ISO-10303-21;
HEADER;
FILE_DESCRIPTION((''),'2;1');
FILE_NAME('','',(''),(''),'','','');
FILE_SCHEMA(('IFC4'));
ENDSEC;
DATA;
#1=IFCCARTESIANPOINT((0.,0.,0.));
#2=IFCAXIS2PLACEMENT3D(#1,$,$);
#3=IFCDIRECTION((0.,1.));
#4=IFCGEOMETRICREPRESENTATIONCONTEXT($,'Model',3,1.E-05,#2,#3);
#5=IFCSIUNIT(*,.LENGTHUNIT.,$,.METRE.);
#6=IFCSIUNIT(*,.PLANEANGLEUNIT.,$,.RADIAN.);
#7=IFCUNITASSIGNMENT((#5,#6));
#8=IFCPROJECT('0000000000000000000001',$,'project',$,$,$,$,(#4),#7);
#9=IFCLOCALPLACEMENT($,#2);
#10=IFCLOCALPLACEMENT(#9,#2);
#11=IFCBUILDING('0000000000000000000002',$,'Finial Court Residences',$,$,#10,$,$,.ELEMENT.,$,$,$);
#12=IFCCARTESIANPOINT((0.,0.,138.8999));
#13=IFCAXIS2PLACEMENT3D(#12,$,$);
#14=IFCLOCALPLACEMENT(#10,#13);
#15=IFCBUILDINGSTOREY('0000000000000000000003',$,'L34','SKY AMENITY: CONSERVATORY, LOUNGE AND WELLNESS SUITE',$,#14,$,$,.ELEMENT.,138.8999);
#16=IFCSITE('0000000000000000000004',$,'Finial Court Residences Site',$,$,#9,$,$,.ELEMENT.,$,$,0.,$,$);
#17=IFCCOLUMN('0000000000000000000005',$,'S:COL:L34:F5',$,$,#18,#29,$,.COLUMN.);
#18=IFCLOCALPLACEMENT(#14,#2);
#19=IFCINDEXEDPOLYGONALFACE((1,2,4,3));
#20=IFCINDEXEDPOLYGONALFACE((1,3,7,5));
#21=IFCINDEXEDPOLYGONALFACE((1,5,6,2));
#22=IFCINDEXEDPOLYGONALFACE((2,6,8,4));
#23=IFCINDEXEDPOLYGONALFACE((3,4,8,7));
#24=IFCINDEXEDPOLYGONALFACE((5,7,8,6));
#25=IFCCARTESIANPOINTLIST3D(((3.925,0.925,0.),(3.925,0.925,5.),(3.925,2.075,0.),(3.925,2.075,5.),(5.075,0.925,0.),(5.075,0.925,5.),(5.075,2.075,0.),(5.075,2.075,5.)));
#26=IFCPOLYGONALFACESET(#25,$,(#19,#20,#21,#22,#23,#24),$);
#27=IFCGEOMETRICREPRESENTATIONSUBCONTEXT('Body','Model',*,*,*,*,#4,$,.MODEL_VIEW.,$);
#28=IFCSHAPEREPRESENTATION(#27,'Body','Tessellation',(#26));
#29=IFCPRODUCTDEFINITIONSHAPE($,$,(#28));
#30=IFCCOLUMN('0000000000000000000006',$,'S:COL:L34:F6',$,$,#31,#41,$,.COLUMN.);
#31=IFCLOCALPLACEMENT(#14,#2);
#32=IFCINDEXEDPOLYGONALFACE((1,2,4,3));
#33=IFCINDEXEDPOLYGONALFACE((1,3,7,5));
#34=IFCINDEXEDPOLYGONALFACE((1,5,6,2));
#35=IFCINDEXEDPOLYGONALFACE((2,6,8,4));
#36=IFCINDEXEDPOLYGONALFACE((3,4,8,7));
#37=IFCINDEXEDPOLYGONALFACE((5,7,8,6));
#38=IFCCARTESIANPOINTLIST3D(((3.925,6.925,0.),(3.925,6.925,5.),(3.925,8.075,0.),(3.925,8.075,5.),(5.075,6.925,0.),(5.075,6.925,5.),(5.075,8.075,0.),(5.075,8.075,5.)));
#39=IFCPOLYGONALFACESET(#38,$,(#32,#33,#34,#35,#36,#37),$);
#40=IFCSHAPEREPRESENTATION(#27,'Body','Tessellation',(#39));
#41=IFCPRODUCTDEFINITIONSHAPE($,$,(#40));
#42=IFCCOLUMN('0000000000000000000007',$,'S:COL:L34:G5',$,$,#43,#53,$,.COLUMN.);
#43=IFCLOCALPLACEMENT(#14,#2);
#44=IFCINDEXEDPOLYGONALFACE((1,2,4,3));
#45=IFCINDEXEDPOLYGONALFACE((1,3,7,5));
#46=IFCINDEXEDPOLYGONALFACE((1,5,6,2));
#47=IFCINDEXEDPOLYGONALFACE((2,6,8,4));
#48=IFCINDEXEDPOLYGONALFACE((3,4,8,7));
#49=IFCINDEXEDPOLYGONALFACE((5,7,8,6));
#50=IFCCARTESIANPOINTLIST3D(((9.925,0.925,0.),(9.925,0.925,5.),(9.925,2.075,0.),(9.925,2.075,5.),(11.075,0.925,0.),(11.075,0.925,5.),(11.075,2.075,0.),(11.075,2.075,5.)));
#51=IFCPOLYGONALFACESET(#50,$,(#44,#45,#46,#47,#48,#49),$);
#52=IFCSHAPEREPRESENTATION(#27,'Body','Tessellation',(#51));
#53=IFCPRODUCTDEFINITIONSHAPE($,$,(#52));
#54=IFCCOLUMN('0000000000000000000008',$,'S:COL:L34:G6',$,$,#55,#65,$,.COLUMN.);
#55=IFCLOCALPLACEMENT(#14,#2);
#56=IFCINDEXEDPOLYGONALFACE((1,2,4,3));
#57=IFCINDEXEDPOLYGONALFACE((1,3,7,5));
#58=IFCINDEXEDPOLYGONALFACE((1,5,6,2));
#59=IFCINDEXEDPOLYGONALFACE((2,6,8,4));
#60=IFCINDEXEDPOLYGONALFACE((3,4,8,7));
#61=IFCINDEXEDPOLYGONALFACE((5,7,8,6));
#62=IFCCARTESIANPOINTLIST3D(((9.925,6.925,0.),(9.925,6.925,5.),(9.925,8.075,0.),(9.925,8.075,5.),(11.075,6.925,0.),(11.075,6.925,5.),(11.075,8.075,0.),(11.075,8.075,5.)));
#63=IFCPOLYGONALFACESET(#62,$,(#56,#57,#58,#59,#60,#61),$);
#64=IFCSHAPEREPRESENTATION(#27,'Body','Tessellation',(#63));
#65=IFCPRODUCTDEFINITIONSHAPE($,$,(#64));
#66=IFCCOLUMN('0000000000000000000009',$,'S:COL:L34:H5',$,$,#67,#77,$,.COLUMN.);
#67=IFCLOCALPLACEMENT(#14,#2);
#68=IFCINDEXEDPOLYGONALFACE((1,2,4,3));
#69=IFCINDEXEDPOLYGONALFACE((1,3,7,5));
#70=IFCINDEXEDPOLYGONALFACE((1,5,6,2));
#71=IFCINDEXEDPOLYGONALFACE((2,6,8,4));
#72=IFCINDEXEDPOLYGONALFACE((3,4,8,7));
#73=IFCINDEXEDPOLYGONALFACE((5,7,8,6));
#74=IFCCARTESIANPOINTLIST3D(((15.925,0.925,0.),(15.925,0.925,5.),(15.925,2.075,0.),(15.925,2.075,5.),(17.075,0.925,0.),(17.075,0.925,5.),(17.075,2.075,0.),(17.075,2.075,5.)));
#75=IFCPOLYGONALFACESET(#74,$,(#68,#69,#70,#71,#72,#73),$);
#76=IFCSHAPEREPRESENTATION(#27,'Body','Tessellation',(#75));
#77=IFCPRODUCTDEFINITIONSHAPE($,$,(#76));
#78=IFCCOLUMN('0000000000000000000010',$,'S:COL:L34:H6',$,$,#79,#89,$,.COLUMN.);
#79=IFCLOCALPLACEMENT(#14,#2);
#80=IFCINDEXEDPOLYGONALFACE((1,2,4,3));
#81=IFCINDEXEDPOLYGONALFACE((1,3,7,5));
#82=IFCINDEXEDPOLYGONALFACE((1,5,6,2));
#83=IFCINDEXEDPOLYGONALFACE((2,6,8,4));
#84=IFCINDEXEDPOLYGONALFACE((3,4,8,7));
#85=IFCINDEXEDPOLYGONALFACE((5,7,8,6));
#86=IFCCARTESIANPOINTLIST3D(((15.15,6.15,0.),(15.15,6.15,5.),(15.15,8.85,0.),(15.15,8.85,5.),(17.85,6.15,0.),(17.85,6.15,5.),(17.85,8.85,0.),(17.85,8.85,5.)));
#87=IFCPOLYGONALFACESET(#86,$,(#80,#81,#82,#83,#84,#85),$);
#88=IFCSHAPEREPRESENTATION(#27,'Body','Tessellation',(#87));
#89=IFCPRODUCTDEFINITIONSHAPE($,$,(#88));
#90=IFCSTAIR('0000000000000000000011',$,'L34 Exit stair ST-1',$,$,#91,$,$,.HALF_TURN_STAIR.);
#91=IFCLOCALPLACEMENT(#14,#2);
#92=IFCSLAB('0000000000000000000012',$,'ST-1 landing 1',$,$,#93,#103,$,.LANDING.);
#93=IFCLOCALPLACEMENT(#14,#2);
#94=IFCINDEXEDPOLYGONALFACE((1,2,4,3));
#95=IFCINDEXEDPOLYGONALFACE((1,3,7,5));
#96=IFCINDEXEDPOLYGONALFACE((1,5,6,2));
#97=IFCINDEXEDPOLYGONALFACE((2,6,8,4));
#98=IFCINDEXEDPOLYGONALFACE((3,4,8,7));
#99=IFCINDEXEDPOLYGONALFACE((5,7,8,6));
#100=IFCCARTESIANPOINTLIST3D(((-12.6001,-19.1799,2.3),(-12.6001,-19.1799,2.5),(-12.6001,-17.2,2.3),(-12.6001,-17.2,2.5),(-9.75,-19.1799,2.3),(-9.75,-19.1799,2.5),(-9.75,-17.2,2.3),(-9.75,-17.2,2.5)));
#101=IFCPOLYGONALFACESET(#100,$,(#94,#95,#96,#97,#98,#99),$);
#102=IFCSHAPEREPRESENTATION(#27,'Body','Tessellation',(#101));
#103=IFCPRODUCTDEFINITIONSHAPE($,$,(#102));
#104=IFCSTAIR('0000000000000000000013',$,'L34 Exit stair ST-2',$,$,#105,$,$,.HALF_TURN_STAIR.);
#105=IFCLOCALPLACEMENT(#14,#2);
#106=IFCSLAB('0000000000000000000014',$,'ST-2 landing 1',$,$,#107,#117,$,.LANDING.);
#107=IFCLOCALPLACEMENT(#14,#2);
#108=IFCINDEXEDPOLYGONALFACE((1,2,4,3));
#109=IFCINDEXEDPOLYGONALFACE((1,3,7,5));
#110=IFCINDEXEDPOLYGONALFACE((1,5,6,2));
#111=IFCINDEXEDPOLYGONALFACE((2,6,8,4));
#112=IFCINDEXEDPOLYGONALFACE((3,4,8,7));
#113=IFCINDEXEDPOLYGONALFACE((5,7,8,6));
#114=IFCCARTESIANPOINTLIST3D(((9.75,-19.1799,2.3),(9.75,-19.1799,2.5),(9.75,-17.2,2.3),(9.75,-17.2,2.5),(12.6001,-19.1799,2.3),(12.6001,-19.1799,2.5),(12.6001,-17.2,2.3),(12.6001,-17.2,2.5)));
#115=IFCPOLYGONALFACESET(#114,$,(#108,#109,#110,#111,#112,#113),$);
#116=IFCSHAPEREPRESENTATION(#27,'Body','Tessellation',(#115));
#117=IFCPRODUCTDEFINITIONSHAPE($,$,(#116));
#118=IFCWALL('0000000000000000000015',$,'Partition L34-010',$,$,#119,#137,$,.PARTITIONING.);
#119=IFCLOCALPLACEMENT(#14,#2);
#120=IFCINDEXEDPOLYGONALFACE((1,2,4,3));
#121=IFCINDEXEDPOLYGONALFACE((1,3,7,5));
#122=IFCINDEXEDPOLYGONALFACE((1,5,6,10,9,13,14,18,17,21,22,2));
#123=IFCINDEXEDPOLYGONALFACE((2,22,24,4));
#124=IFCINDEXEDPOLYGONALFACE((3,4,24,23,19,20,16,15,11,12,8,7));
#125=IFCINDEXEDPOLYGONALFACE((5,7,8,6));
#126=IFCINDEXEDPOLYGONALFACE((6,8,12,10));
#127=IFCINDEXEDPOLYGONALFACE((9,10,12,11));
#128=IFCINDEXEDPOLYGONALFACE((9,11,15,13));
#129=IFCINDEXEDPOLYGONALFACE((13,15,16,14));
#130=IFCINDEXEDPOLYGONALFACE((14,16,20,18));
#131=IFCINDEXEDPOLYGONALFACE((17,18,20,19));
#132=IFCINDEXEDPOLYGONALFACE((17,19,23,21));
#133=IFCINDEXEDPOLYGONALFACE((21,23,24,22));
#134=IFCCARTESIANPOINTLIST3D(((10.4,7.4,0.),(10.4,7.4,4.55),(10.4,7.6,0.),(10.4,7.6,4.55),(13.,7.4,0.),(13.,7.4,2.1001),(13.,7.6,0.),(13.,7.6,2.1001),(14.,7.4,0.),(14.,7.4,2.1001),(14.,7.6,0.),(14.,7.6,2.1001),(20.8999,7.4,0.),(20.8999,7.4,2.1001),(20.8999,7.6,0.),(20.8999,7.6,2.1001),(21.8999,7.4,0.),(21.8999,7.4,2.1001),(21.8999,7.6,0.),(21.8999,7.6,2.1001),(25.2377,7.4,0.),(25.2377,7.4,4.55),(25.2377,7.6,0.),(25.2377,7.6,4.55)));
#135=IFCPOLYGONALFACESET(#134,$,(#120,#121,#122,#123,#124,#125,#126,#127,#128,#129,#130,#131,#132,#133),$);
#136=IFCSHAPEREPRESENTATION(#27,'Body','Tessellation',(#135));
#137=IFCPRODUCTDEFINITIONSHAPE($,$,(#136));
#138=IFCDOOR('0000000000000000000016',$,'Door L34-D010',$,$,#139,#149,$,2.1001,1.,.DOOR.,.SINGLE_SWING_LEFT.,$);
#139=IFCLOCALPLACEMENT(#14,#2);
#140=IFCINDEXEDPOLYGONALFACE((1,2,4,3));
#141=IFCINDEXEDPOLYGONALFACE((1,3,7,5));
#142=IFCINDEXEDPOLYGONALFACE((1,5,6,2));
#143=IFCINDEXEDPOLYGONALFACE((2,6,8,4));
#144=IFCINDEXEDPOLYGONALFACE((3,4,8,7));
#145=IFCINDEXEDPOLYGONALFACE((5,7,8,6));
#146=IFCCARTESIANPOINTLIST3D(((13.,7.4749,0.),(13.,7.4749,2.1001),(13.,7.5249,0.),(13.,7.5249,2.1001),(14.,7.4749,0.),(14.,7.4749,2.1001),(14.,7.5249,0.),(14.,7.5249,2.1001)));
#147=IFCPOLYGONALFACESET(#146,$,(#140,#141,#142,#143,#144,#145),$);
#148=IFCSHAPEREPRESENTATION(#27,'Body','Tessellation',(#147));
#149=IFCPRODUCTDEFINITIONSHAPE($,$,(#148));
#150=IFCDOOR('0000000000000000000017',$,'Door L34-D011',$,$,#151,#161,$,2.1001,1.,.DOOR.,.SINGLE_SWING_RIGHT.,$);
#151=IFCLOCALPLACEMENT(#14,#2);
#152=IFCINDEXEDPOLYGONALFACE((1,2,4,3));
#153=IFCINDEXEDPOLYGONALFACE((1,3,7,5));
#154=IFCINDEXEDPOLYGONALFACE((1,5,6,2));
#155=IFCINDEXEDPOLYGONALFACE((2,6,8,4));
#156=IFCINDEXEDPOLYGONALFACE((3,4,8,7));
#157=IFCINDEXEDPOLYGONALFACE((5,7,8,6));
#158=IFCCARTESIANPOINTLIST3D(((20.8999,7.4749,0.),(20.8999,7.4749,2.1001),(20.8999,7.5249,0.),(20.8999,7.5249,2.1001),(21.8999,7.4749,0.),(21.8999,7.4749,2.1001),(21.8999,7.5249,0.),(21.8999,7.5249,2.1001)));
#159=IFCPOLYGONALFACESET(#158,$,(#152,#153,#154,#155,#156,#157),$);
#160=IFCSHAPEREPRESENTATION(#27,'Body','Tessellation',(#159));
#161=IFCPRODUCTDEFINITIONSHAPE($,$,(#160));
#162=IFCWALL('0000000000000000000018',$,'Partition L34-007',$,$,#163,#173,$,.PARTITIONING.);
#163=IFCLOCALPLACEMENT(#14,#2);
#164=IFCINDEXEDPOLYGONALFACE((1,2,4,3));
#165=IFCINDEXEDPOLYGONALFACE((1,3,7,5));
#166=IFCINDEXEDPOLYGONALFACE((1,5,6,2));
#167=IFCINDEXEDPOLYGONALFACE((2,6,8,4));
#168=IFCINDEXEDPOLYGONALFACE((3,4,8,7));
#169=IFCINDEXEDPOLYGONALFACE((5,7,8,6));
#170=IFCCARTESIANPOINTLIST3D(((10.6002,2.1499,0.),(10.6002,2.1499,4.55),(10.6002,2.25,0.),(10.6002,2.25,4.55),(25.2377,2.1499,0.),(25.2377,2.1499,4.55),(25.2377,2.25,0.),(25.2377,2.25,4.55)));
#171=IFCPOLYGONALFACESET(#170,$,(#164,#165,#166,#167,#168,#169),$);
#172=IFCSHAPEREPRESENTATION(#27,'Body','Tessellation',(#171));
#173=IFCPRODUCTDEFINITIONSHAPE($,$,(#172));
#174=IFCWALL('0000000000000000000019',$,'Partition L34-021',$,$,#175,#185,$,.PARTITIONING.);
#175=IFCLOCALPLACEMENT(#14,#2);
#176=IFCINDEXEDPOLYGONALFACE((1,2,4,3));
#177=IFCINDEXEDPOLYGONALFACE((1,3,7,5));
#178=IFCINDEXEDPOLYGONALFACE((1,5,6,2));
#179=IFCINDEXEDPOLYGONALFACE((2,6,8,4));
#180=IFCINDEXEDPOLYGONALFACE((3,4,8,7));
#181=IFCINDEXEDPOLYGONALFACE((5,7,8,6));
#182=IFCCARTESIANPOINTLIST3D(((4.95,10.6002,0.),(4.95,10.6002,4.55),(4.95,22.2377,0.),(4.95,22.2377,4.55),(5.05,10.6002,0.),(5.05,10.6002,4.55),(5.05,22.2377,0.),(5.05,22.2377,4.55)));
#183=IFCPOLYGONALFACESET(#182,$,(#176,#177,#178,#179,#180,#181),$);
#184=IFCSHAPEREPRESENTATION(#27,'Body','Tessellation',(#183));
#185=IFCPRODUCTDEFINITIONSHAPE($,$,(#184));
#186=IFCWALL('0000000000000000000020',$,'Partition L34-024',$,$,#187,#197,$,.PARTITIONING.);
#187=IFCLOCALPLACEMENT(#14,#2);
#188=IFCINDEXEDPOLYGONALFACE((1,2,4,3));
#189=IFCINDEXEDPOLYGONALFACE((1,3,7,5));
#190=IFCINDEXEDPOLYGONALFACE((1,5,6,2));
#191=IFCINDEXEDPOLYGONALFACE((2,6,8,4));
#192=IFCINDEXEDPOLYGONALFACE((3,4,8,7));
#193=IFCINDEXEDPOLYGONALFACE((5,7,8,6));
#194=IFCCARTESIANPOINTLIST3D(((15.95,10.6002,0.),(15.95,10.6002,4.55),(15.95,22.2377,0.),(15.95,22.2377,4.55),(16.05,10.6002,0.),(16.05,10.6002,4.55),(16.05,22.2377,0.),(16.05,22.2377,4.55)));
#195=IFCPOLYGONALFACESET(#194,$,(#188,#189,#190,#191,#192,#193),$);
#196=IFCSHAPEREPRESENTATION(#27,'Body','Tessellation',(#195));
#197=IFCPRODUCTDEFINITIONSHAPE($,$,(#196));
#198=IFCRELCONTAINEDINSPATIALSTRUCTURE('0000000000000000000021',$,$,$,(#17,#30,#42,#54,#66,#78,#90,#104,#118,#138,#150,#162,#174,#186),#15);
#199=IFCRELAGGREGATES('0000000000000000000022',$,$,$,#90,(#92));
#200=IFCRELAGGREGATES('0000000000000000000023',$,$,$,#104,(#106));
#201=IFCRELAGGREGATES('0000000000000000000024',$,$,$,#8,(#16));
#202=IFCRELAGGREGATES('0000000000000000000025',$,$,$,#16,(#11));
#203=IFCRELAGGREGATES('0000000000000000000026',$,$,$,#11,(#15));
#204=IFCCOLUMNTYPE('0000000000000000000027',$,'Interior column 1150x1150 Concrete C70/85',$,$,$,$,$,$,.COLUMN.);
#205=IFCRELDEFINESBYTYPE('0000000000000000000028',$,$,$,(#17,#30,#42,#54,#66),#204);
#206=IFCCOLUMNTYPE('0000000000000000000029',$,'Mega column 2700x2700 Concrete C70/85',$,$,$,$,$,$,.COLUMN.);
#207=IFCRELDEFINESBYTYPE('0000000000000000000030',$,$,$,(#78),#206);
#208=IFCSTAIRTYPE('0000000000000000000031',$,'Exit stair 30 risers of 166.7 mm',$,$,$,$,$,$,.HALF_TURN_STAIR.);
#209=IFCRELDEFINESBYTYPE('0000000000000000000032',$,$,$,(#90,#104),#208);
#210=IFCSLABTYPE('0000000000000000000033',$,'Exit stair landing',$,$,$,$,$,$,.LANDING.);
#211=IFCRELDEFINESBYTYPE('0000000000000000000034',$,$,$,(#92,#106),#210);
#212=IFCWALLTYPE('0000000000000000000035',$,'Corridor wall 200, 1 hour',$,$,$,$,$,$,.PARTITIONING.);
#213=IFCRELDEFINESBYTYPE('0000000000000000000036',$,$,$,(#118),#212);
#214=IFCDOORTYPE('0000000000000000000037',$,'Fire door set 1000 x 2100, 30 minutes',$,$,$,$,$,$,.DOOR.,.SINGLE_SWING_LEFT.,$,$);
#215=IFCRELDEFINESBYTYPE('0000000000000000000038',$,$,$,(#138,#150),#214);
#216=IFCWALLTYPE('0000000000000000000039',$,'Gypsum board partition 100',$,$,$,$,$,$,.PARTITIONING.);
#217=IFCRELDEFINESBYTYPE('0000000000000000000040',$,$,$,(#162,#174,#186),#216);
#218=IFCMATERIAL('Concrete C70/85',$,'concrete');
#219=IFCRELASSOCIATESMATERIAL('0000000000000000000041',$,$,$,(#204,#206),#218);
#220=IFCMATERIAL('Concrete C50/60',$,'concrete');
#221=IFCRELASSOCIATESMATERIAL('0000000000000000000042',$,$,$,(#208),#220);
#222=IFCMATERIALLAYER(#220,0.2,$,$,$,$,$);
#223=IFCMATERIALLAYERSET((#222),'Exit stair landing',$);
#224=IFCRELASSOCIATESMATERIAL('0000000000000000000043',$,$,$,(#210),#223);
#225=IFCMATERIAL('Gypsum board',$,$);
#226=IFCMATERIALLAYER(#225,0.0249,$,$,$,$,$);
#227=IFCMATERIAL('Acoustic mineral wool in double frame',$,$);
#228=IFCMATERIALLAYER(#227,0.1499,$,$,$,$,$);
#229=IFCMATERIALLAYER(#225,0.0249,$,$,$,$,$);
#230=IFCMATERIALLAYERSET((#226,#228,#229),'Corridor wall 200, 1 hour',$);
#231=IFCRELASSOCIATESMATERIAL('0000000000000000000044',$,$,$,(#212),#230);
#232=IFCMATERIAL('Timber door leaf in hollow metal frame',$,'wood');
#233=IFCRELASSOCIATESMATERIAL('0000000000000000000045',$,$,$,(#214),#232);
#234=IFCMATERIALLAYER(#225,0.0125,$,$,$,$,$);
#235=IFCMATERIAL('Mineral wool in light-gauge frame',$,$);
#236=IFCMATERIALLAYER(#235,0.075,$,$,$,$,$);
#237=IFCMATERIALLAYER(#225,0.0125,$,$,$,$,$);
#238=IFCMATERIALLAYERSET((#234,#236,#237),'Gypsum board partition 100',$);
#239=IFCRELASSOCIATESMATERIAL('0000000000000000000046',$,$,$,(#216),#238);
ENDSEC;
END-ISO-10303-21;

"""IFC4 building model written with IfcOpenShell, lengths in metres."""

from ifc_helpers import new_model, si_unit, direction, frame, frame_2d, origin, origin_2d, place, context, subcontext, project, spatial, polyline, rectangle, outline, extrude, material, layer, layer_set, material_profile, profile_set, type_object, element, fill, aggregate, save


model = new_model("IFC4")

# Units and contexts
model_context = context("Model", 3, precision=1e-05, world=origin(), true_north=direction((0.0, 1.0)))
body_context = subcontext(model_context, "Body", "Model", "MODEL_VIEW")
ifc_project = project(units=[si_unit("LENGTHUNIT", "METRE"), si_unit("PLANEANGLEUNIT", "RADIAN")], contexts=[model_context])

# Site, building, storey
site_placement = place(None, origin())
site = spatial("IfcSite", under=ifc_project, at=site_placement, Name="Finial Court Residences Site", CompositionType="ELEMENT", RefElevation=0.0)
building_placement = place(site_placement, origin())
building = spatial("IfcBuilding", under=site, at=building_placement, Name="Finial Court Residences", CompositionType="ELEMENT")
storey_placement = place(building_placement, frame((0.0, 0.0, 138.8999)))
storey = spatial("IfcBuildingStorey", under=building, at=storey_placement, Name="L34", Description="SKY AMENITY: CONSERVATORY, LOUNGE AND WELLNESS SUITE", CompositionType="ELEMENT", Elevation=138.8999)

# Columns
ifc_material_1 = material(Name="Concrete C70/85", Category="concrete")
ifc_material_profile_1 = material_profile(ifc_material_1, rectangle(XDim=1.1499, YDim=1.1499, at=origin_2d()), Name="1150x1150")
ifc_profile_set_1 = profile_set([ifc_material_profile_1], Name="Concrete C70/85")
column_type_1 = type_object("IfcColumnType", Name="Interior column 1150x1150 Concrete C70/85", PredefinedType="COLUMN", material=ifc_profile_set_1)
for number, where, z_axis, x_axis, name in (
    (1, (4.5, 1.5, 0.0), (0.0, 0.0, 1.0), (1.0, 0.0, 0.0), "S:COL:L34:F5"),
    (2, (4.5, 7.5, 0.0), (0.0, 0.0, 1.0), (1.0, 0.0, 0.0), "S:COL:L34:F6"),
    (3, (10.5, 1.5, 0.0), (0.0, 0.0, 1.0), (1.0, 0.0, 0.0), "S:COL:L34:G5"),
    (4, (10.5, 7.5, 0.0), (0.0, 0.0, 1.0), (1.0, 0.0, 0.0), "S:COL:L34:G6"),
    (5, (16.5, 1.5, 0.0), (0.0, 0.0, 1.0), (1.0, 0.0, 0.0), "S:COL:L34:H5"),
):
    element("IfcColumn", number, at=place(storey_placement, frame(where, z_axis=z_axis, x_axis=x_axis)), inside=storey, type_object=column_type_1, Name=name, PredefinedType="COLUMN", context=body_context, shape_type="SweptSolid", body=[
        extrude(rectangle(XDim=1.1499, YDim=1.1499, at=origin_2d()), origin(), (0.0, 0.0, 1.0), 5.0),
    ])
ifc_material_profile_2 = material_profile(ifc_material_1, rectangle(XDim=2.7, YDim=2.7, at=origin_2d()), Name="2700x2700")
ifc_profile_set_2 = profile_set([ifc_material_profile_2], Name="Concrete C70/85")
column_type_2 = type_object("IfcColumnType", Name="Mega column 2700x2700 Concrete C70/85", PredefinedType="COLUMN", material=ifc_profile_set_2)
column_placement = place(storey_placement, frame((16.5, 7.5, 0.0), z_axis=(0.0, 0.0, 1.0), x_axis=(1.0, 0.0, 0.0)))
element("IfcColumn", 6, at=column_placement, inside=storey, type_object=column_type_2, Name="S:COL:L34:H6", PredefinedType="COLUMN", context=body_context, shape_type="SweptSolid", body=[
    extrude(rectangle(XDim=2.7, YDim=2.7, at=origin_2d()), origin(), (0.0, 0.0, 1.0), 5.0),
])

# Stairs, slabs
ifc_material_2 = material(Name="Concrete C50/60", Category="concrete")
stair_type = type_object("IfcStairType", Name="Exit stair 30 risers of 166.7 mm", PredefinedType="HALF_TURN_STAIR", material=ifc_material_2)
stair_1_placement = place(storey_placement, origin())
stair_1 = element("IfcStair", 7, at=stair_1_placement, inside=storey, type_object=stair_type, Name="L34 Exit stair ST-1", PredefinedType="HALF_TURN_STAIR")
ifc_layer_1 = layer(ifc_material_2, 0.2)
ifc_layer_set_1 = layer_set([ifc_layer_1], Name="Exit stair landing")
slab_type = type_object("IfcSlabType", Name="Exit stair landing", PredefinedType="LANDING", material=ifc_layer_set_1)
slab_1_placement = place(storey_placement, frame((0.0, 0.0, 2.3)))
slab_1 = element("IfcSlab", 8, at=slab_1_placement, type_object=slab_type, Name="ST-1 landing 1", PredefinedType="LANDING", context=body_context, shape_type="SweptSolid", body=[
    extrude(outline(polyline([(-9.75, -19.1799), (-9.75, -17.2), (-12.6001, -17.2), (-12.6001, -19.1799), (-9.75, -19.1799)])), origin(), (0.0, 0.0, 1.0), 0.2),
])
aggregate(stair_1, [slab_1])
stair_2_placement = place(storey_placement, origin())
stair_2 = element("IfcStair", 9, at=stair_2_placement, inside=storey, type_object=stair_type, Name="L34 Exit stair ST-2", PredefinedType="HALF_TURN_STAIR")
slab_2_placement = place(storey_placement, frame((0.0, 0.0, 2.3)))
slab_2 = element("IfcSlab", 10, at=slab_2_placement, type_object=slab_type, Name="ST-2 landing 1", PredefinedType="LANDING", context=body_context, shape_type="SweptSolid", body=[
    extrude(outline(polyline([(12.6001, -19.1799), (12.6001, -17.2), (9.75, -17.2), (9.75, -19.1799), (12.6001, -19.1799)])), origin(), (0.0, 0.0, 1.0), 0.2),
])
aggregate(stair_2, [slab_2])

# Wall, openings, doors
ifc_material_3 = material(Name="Gypsum board")
ifc_layer_2 = layer(ifc_material_3, 0.0249)
ifc_material_4 = material(Name="Acoustic mineral wool in double frame")
ifc_layer_3 = layer(ifc_material_4, 0.1499)
ifc_layer_4 = layer(ifc_material_3, 0.0249)
ifc_layer_set_2 = layer_set([ifc_layer_2, ifc_layer_3, ifc_layer_4], Name="Corridor wall 200, 1 hour")
wall_type_1 = type_object("IfcWallType", Name="Corridor wall 200, 1 hour", PredefinedType="PARTITIONING", material=ifc_layer_set_2)
wall_1_placement = place(storey_placement, frame((10.3999, 7.5, 0.0), z_axis=(0.0, 0.0, 1.0), x_axis=(1.0, 0.0, 0.0)))
wall_1 = element("IfcWall", 11, at=wall_1_placement, inside=storey, type_object=wall_type_1, Name="Partition L34-010", PredefinedType="PARTITIONING", context=body_context, shape_type="SweptSolid", body=[
    extrude(rectangle(XDim=14.8376, YDim=0.2, at=frame_2d((7.4189, 0.0))), origin(), (0.0, 0.0, 1.0), 4.55),
])
opening_1_placement = place(wall_1_placement, frame((2.6001, 0.0, 0.0)))
opening_1 = element("IfcOpeningElement", 12, at=opening_1_placement, cuts=wall_1, PredefinedType="OPENING", context=body_context, shape_type="SweptSolid", body=[
    extrude(rectangle(XDim=1.0, YDim=2.1001, at=frame_2d((0.5, 1.05))), frame((0.0, 0.1099, 0.0), z_axis=(0.0, -1.0, 0.0), x_axis=(1.0, 0.0, 0.0)), (0.0, 0.0, 1.0), 0.22),
])
opening_2_placement = place(wall_1_placement, frame((10.5, 0.0, 0.0)))
opening_2 = element("IfcOpeningElement", 13, at=opening_2_placement, cuts=wall_1, PredefinedType="OPENING", context=body_context, shape_type="SweptSolid", body=[
    extrude(rectangle(XDim=1.0, YDim=2.1001, at=frame_2d((0.5, 1.05))), frame((0.0, 0.1099, 0.0), z_axis=(0.0, -1.0, 0.0), x_axis=(1.0, 0.0, 0.0)), (0.0, 0.0, 1.0), 0.22),
])
ifc_material_5 = material(Name="Timber door leaf in hollow metal frame", Category="wood")
door_type = type_object("IfcDoorType", Name="Fire door set 1000 x 2100, 30 minutes", OperationType="SINGLE_SWING_LEFT", PredefinedType="DOOR", material=ifc_material_5)
door_1_placement = place(opening_1_placement, origin())
door_1 = element("IfcDoor", 14, at=door_1_placement, inside=storey, type_object=door_type, Name="Door L34-D010", OperationType="SINGLE_SWING_LEFT", OverallHeight=2.1001, OverallWidth=1.0, PredefinedType="DOOR", context=body_context, shape_type="SweptSolid", body=[
    extrude(rectangle(XDim=1.0, YDim=2.1001, at=frame_2d((0.5, 1.05))), frame((0.0, 0.0249, 0.0), z_axis=(0.0, -1.0, 0.0), x_axis=(1.0, 0.0, 0.0)), (0.0, 0.0, 1.0), 0.05),
])
fill(opening_1, door_1)
door_2_placement = place(opening_2_placement, origin())
door_2 = element("IfcDoor", 15, at=door_2_placement, inside=storey, type_object=door_type, Name="Door L34-D011", OperationType="SINGLE_SWING_RIGHT", OverallHeight=2.1001, OverallWidth=1.0, PredefinedType="DOOR", context=body_context, shape_type="SweptSolid", body=[
    extrude(rectangle(XDim=1.0, YDim=2.1001, at=frame_2d((0.5, 1.05))), frame((0.0, 0.0249, 0.0), z_axis=(0.0, -1.0, 0.0), x_axis=(1.0, 0.0, 0.0)), (0.0, 0.0, 1.0), 0.05),
])
fill(opening_2, door_2)

# Walls
ifc_layer_5 = layer(ifc_material_3, 0.0125)
ifc_material_6 = material(Name="Mineral wool in light-gauge frame")
ifc_layer_6 = layer(ifc_material_6, 0.075)
ifc_layer_7 = layer(ifc_material_3, 0.0125)
ifc_layer_set_3 = layer_set([ifc_layer_5, ifc_layer_6, ifc_layer_7], Name="Gypsum board partition 100")
wall_type_2 = type_object("IfcWallType", Name="Gypsum board partition 100", PredefinedType="PARTITIONING", material=ifc_layer_set_3)
wall_2_placement = place(storey_placement, frame((10.6001, 2.2, 0.0), z_axis=(0.0, 0.0, 1.0), x_axis=(1.0, 0.0, 0.0)))
element("IfcWall", 16, at=wall_2_placement, inside=storey, type_object=wall_type_2, Name="Partition L34-007", PredefinedType="PARTITIONING", context=body_context, shape_type="SweptSolid", body=[
    extrude(rectangle(XDim=14.6375, YDim=0.1001, at=frame_2d((7.3188, 0.0))), origin(), (0.0, 0.0, 1.0), 4.55),
])
for number, where, z_axis, x_axis, name in (
    (17, (5.0, 10.6001, 0.0), (0.0, 0.0, 1.0), (0.0, 1.0, 0.0), "Partition L34-021"),
    (18, (16.0, 10.6001, 0.0), (0.0, 0.0, 1.0), (0.0, 1.0, 0.0), "Partition L34-024"),
):
    element("IfcWall", number, at=place(storey_placement, frame(where, z_axis=z_axis, x_axis=x_axis)), inside=storey, type_object=wall_type_2, Name=name, PredefinedType="PARTITIONING", context=body_context, shape_type="SweptSolid", body=[
        extrude(rectangle(XDim=11.6375, YDim=0.1001, at=frame_2d((5.8188, 0.0))), origin(), (0.0, 0.0, 1.0), 4.55),
    ])

save(model, "model.ifc")
